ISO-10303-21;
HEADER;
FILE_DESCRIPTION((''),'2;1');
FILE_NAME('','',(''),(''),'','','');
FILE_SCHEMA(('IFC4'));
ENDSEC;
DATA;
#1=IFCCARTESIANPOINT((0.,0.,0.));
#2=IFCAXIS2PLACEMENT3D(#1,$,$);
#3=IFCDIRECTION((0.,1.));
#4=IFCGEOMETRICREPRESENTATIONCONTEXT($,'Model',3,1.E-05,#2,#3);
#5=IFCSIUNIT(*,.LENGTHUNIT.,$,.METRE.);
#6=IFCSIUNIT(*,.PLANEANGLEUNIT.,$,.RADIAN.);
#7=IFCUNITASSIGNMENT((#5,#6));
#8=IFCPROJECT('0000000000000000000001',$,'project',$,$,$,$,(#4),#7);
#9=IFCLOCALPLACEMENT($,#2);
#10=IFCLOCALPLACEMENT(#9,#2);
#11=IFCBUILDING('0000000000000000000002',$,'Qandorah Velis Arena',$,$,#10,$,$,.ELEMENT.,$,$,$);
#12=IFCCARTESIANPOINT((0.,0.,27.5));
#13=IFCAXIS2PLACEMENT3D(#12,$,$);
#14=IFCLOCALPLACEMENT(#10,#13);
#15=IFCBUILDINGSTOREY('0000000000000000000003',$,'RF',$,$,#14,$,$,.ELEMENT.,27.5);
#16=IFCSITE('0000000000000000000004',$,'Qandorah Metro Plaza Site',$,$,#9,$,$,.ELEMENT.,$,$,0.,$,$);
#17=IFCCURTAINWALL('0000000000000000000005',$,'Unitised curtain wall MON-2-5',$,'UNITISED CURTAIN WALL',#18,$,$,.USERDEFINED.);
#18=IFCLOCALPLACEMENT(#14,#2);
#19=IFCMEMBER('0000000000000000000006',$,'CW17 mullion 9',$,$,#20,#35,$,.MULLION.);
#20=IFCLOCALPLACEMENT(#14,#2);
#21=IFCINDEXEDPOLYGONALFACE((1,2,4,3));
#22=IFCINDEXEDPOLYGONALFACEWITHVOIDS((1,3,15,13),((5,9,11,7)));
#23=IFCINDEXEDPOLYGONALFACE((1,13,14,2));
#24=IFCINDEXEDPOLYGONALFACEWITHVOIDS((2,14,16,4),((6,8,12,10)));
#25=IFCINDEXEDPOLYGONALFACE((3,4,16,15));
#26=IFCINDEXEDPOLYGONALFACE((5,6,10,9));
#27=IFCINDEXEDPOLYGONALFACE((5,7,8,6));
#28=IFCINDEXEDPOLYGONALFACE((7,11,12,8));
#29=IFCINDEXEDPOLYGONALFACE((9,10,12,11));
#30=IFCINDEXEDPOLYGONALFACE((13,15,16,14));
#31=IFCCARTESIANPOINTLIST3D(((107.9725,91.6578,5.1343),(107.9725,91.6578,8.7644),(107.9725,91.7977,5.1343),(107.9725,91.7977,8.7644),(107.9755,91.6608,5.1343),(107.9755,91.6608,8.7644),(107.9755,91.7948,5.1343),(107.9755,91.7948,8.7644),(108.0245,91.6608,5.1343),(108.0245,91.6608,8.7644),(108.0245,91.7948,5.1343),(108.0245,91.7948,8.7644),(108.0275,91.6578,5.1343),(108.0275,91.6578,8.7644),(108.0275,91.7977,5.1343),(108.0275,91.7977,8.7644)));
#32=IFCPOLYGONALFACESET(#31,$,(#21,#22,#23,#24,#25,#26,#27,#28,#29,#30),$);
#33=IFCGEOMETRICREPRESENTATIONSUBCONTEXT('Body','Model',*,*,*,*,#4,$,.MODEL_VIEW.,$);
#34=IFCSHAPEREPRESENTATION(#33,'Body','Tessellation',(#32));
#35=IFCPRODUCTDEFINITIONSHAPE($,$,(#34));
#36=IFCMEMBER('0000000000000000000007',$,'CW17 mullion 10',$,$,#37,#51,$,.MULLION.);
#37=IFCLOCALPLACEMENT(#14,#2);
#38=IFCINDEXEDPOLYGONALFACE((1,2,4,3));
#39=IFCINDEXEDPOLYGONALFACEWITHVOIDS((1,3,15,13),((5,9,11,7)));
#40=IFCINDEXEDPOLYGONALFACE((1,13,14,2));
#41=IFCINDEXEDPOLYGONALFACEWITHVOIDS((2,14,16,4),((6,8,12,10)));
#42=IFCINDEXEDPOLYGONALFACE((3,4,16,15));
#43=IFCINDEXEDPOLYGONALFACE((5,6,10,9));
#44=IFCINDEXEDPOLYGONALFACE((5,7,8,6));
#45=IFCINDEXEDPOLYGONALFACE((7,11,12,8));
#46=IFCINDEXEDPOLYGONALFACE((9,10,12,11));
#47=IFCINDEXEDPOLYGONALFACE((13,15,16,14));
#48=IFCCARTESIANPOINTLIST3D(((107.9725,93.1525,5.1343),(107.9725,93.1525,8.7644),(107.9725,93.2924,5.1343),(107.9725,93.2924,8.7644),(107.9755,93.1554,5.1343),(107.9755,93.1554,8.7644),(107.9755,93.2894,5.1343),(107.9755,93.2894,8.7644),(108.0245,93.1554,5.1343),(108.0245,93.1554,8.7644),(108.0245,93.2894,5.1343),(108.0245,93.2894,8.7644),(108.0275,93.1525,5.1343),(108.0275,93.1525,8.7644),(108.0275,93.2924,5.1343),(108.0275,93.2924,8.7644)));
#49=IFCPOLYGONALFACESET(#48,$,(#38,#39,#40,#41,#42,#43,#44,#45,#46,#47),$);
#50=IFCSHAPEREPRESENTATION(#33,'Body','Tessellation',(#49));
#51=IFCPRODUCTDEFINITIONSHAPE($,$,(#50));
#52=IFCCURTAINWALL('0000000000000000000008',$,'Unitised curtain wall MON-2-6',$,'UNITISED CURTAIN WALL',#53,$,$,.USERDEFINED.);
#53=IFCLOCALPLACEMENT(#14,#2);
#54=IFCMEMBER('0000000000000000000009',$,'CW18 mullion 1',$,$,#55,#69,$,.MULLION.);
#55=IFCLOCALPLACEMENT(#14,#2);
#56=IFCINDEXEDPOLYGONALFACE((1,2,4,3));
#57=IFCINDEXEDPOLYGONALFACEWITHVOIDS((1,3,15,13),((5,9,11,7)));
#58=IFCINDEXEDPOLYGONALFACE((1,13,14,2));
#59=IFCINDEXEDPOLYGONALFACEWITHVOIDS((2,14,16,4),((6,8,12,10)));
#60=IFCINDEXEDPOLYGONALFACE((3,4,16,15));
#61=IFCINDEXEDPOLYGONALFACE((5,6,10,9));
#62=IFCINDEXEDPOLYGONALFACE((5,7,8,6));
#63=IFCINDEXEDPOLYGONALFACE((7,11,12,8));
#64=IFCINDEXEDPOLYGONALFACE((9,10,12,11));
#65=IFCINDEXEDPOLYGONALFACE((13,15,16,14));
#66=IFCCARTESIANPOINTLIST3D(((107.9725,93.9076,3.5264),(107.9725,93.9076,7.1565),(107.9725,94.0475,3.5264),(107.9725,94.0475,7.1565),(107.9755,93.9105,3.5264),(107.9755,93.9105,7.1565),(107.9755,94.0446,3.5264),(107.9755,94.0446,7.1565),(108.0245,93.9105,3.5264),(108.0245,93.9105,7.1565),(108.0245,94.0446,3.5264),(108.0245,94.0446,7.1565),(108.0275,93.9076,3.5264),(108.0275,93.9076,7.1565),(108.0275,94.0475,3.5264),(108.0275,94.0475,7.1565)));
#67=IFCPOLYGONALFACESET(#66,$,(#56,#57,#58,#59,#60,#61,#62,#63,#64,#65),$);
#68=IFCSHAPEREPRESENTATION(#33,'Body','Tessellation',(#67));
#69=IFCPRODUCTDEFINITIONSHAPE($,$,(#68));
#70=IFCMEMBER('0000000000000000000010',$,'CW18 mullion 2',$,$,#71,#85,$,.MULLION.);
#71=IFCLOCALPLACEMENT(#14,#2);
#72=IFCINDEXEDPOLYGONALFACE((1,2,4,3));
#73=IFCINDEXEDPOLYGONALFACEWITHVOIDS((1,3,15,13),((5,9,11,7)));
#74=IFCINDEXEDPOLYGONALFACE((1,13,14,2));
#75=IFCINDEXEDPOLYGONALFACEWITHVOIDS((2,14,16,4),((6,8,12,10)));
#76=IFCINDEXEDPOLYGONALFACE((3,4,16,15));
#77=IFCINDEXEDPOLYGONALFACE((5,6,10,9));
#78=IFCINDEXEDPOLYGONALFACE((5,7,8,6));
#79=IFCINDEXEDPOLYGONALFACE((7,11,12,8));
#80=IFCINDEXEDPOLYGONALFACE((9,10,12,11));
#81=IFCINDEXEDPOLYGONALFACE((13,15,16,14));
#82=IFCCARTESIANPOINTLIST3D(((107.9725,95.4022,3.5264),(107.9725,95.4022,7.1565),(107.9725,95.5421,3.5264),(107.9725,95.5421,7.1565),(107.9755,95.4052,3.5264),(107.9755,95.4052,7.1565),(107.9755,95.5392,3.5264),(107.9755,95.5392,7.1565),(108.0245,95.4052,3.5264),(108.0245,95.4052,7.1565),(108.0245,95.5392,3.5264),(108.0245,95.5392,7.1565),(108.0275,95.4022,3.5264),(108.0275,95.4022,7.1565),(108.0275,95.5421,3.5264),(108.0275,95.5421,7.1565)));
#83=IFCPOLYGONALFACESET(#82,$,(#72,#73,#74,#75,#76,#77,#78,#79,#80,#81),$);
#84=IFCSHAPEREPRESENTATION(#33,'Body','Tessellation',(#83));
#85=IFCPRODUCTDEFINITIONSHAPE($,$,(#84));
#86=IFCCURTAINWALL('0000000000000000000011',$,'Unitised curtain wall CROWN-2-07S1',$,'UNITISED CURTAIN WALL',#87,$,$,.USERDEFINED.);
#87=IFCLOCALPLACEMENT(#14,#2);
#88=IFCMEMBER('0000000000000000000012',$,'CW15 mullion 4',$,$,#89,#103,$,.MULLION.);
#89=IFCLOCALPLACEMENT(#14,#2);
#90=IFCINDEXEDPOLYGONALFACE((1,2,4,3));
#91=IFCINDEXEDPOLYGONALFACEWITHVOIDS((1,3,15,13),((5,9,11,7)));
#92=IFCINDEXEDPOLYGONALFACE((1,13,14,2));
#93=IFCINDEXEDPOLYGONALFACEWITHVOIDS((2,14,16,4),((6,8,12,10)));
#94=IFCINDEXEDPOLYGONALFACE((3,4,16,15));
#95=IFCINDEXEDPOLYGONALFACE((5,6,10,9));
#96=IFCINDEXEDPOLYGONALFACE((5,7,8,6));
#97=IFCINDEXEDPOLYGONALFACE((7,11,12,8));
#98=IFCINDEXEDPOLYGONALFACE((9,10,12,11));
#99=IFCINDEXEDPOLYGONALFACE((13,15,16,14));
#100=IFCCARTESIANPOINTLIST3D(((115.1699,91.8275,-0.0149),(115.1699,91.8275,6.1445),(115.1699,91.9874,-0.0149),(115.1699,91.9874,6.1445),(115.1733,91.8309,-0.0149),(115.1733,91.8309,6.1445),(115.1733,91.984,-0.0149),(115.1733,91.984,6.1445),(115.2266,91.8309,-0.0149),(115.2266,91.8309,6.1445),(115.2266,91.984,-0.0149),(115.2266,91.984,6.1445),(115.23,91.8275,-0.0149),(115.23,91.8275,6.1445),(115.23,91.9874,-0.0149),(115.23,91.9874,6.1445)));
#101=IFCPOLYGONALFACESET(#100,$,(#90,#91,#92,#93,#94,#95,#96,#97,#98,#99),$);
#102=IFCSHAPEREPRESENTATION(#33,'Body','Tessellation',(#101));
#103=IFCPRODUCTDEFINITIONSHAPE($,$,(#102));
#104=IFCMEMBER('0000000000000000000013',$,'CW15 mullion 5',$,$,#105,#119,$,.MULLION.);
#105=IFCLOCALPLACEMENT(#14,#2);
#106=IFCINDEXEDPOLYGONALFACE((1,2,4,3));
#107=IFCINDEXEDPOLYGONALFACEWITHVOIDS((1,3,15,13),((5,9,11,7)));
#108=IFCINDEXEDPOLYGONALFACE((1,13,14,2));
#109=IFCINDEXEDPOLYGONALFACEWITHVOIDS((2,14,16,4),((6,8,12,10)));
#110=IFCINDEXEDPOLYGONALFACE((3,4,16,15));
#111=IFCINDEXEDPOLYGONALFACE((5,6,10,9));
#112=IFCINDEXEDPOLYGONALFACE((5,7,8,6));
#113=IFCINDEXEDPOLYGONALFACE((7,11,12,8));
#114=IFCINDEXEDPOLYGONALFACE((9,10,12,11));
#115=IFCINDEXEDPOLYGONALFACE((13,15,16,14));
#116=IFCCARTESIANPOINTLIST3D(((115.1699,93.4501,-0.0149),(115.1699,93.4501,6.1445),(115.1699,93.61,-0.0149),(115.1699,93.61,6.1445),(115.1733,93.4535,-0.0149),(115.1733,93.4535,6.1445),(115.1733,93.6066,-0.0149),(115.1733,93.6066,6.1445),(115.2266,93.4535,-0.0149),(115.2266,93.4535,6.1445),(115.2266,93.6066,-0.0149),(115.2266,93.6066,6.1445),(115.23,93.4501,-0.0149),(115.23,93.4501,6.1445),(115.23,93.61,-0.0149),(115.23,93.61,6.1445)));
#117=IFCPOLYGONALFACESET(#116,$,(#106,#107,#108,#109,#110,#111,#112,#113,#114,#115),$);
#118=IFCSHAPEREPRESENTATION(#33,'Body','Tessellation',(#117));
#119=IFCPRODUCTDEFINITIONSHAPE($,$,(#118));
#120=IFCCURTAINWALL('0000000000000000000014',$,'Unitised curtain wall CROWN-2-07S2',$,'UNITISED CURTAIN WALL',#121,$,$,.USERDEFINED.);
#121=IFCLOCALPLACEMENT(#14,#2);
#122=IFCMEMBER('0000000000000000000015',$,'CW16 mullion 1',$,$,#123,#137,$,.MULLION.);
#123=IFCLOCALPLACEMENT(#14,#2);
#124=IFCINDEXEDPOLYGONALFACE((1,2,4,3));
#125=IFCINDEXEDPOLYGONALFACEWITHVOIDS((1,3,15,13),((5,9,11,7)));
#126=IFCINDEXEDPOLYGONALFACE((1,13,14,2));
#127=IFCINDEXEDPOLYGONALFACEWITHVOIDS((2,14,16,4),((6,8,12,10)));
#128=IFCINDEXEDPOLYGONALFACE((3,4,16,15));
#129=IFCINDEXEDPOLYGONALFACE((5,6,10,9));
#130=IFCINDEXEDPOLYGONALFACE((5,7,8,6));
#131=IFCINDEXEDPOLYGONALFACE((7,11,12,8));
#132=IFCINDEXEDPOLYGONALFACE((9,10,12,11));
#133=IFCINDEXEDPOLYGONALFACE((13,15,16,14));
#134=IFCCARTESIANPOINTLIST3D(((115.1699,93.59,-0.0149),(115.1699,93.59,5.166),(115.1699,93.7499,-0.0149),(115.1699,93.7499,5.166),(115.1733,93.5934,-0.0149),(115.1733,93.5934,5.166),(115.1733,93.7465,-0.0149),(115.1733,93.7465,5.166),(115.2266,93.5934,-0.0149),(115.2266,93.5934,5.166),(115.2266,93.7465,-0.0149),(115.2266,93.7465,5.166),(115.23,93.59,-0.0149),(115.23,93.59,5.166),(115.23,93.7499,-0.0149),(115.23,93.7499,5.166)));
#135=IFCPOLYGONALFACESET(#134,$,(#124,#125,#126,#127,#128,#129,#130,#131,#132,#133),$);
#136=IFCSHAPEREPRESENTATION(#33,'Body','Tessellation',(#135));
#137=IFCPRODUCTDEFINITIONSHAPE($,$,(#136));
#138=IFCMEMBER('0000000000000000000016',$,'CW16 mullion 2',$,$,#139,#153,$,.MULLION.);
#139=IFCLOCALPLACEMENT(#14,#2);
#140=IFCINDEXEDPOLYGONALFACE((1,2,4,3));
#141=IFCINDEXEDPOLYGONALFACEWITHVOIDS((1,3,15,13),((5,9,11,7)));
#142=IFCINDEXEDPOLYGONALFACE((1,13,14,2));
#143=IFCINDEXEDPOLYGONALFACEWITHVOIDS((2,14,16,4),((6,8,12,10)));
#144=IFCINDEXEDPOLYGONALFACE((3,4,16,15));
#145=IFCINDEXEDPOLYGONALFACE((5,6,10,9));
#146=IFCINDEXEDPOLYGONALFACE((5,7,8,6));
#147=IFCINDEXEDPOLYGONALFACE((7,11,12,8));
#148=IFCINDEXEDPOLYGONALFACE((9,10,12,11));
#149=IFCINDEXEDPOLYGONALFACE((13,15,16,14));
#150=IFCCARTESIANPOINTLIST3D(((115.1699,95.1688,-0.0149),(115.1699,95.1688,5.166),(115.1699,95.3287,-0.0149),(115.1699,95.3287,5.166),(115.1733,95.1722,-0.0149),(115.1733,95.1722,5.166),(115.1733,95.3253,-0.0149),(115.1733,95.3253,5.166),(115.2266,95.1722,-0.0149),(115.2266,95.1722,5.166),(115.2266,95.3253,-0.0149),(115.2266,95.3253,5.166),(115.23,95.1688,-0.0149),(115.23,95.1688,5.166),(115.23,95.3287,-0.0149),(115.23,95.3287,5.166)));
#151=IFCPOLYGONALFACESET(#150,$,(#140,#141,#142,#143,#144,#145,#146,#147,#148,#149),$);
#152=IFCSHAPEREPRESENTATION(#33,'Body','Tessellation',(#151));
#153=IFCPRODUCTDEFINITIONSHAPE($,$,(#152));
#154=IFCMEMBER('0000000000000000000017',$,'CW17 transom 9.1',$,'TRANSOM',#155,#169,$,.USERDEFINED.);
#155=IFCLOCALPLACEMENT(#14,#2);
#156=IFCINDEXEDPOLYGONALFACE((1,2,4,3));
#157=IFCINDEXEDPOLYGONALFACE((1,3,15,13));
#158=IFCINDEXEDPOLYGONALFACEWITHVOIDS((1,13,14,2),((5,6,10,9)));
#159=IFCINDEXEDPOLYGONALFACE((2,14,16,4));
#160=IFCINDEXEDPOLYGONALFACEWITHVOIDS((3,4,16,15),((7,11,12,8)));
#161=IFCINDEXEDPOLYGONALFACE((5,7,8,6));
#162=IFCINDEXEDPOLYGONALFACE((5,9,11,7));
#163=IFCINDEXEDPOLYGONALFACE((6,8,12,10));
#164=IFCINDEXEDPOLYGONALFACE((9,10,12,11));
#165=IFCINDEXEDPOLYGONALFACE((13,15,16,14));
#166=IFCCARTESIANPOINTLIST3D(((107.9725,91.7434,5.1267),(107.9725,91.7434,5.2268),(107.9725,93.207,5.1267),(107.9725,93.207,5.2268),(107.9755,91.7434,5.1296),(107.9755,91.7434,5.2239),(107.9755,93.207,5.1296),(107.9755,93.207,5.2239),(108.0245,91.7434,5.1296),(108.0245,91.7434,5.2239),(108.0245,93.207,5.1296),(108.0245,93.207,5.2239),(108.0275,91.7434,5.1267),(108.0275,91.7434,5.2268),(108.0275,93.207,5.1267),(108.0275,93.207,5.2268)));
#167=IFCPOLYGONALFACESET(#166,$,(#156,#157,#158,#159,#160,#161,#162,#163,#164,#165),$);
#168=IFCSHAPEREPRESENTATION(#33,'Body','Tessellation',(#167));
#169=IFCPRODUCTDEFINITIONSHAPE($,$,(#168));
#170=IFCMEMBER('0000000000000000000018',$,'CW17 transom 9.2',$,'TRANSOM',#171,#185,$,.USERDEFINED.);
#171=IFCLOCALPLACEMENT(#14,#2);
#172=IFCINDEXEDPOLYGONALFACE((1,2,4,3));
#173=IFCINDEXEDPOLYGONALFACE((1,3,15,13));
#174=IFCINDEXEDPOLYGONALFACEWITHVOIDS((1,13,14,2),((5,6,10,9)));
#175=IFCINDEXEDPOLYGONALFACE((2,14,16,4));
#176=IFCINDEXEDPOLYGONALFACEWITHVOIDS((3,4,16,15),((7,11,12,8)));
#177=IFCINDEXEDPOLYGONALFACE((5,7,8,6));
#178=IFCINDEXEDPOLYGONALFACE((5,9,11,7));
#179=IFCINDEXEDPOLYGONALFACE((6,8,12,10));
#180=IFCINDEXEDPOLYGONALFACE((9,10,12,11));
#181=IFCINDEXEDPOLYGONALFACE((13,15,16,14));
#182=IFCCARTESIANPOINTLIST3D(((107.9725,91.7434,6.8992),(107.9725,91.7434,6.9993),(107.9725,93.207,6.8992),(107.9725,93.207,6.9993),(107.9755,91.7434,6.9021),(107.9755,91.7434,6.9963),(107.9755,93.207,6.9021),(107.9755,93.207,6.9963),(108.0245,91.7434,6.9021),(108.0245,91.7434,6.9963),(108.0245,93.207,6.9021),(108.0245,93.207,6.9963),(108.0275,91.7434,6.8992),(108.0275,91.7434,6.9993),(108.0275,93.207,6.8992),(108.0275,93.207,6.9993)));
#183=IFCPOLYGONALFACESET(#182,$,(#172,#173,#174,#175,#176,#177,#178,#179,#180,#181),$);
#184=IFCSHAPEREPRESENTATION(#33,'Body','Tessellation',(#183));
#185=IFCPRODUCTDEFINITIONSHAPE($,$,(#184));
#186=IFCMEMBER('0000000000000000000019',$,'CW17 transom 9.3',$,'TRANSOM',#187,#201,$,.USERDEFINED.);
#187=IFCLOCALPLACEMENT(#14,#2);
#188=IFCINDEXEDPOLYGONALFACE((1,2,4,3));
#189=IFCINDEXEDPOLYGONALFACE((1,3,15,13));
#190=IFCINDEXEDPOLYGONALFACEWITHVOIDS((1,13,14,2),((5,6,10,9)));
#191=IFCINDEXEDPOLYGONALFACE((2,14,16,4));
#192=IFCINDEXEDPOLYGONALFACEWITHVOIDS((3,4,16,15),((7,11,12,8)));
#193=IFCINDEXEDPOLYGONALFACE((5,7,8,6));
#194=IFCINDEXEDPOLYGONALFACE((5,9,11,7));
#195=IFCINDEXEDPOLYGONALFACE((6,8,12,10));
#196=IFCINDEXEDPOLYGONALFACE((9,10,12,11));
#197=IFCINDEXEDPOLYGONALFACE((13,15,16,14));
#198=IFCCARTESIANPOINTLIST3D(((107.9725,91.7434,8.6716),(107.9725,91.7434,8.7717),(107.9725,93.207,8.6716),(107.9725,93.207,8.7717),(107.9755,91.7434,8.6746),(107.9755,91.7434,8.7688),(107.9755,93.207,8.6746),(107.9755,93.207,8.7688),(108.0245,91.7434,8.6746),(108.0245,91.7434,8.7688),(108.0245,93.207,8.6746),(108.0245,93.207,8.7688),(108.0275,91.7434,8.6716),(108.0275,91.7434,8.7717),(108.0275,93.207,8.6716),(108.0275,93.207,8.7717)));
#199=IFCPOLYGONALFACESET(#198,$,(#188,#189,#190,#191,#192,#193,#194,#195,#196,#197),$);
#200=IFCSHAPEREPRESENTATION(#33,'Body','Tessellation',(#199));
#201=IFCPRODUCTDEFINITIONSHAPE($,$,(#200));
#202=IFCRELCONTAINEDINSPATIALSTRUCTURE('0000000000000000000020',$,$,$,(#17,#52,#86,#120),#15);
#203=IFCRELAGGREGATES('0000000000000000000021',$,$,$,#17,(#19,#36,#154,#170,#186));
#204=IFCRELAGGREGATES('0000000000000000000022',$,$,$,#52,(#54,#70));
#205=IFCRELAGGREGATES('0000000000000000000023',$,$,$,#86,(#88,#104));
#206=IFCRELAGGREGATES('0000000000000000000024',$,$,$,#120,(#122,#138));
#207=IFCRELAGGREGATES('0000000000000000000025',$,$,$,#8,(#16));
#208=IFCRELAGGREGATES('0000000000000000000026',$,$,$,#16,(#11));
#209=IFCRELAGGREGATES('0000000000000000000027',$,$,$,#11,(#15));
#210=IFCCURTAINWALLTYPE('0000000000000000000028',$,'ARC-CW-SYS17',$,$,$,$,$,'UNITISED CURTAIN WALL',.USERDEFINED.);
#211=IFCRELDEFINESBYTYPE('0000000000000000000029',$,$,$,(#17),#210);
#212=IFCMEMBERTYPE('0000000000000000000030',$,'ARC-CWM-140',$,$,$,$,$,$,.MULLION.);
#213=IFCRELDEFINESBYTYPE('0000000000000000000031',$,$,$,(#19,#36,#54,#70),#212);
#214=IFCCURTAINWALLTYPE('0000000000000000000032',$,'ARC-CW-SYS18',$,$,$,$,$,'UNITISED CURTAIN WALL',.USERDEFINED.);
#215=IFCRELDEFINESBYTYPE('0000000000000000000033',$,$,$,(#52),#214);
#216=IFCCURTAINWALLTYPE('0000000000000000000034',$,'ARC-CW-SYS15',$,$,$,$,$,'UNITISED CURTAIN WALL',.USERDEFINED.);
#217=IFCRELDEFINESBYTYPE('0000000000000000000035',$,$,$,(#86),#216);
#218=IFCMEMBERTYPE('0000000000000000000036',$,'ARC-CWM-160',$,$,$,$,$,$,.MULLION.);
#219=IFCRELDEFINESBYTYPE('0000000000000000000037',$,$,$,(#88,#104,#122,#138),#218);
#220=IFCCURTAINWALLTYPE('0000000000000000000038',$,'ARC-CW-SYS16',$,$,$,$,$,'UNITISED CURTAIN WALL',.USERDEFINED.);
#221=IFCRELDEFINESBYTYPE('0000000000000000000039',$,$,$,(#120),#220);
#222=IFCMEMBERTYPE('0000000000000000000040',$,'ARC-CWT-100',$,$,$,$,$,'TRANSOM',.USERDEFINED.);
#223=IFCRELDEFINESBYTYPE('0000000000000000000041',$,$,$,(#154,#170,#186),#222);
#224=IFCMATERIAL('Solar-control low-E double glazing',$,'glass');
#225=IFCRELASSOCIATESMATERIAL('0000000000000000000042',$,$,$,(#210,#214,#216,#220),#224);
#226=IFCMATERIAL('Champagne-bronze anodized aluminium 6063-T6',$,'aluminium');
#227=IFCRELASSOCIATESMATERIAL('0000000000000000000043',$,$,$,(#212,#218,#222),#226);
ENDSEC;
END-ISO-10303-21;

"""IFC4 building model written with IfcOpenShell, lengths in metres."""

from ifc_helpers import new_model, si_unit, direction, frame, origin, origin_2d, place, context, subcontext, project, spatial, hollow_rectangle, extrude, material, material_profile, profile_set, type_object, element, aggregate, save


model = new_model("IFC4")

# Units and contexts
model_context = context("Model", 3, precision=1e-05, world=origin(), true_north=direction((0.0, 1.0)))
body_context = subcontext(model_context, "Body", "Model", "MODEL_VIEW")
ifc_project = project(units=[si_unit("LENGTHUNIT", "METRE"), si_unit("PLANEANGLEUNIT", "RADIAN")], contexts=[model_context])

# Site, building, storey
site_placement = place(None, origin())
site = spatial("IfcSite", under=ifc_project, at=site_placement, Name="Qandorah Metro Plaza Site", CompositionType="ELEMENT", RefElevation=0.0)
building_placement = place(site_placement, origin())
building = spatial("IfcBuilding", under=site, at=building_placement, Name="Qandorah Velis Arena", CompositionType="ELEMENT")
storey_placement = place(building_placement, frame((0.0, 0.0, 27.5)))
storey = spatial("IfcBuildingStorey", under=building, at=storey_placement, Name="RF", CompositionType="ELEMENT", Elevation=27.5)

# Curtain walls, members
ifc_material_1 = material(Name="Solar-control low-E double glazing", Category="glass")
curtain_wall_type_1 = type_object("IfcCurtainWallType", Name="ARC-CW-SYS17", ElementType="UNITISED CURTAIN WALL", PredefinedType="USERDEFINED", material=ifc_material_1)
curtain_wall_1_placement = place(storey_placement, origin())
curtain_wall_1 = element("IfcCurtainWall", 1, at=curtain_wall_1_placement, inside=storey, type_object=curtain_wall_type_1, Name="Unitised curtain wall MON-2-5", ObjectType="UNITISED CURTAIN WALL", PredefinedType="USERDEFINED")
ifc_material_2 = material(Name="Champagne-bronze anodized aluminium 6063-T6", Category="aluminium")
ifc_material_profile_1 = material_profile(ifc_material_2, hollow_rectangle(XDim=0.0549, YDim=0.1399, WallThickness=0.0029, at=origin_2d()), Name="ALU MULLION 55x140")
ifc_profile_set_1 = profile_set([ifc_material_profile_1], Name="Champagne-bronze anodized aluminium 6063-T6")
member_type_1 = type_object("IfcMemberType", Name="ARC-CWM-140", PredefinedType="MULLION", material=ifc_profile_set_1)
member_1_placement = place(storey_placement, frame((108.0, 91.7278, 5.1343), z_axis=(0.0, 0.0, 1.0), x_axis=(-1.0, 0.0, 0.0)))
member_1 = element("IfcMember", 2, at=member_1_placement, type_object=member_type_1, Name="CW17 mullion 9", PredefinedType="MULLION", context=body_context, shape_type="SweptSolid", body=[
    extrude(hollow_rectangle(XDim=0.0549, YDim=0.1399, WallThickness=0.0029, at=origin_2d()), origin(), (0.0, 0.0, 1.0), 3.6301),
])
member_2_placement = place(storey_placement, frame((108.0, 93.2224, 5.1343), z_axis=(0.0, 0.0, 1.0), x_axis=(-1.0, 0.0, 0.0)))
member_2 = element("IfcMember", 3, at=member_2_placement, type_object=member_type_1, Name="CW17 mullion 10", PredefinedType="MULLION", context=body_context, shape_type="SweptSolid", body=[
    extrude(hollow_rectangle(XDim=0.0549, YDim=0.1399, WallThickness=0.0029, at=origin_2d()), origin(), (0.0, 0.0, 1.0), 3.6301),
])
curtain_wall_type_2 = type_object("IfcCurtainWallType", Name="ARC-CW-SYS18", ElementType="UNITISED CURTAIN WALL", PredefinedType="USERDEFINED", material=ifc_material_1)
curtain_wall_2_placement = place(storey_placement, origin())
curtain_wall_2 = element("IfcCurtainWall", 4, at=curtain_wall_2_placement, inside=storey, type_object=curtain_wall_type_2, Name="Unitised curtain wall MON-2-6", ObjectType="UNITISED CURTAIN WALL", PredefinedType="USERDEFINED")
member_3_placement = place(storey_placement, frame((108.0, 93.9775, 3.5264), z_axis=(0.0, 0.0, 1.0), x_axis=(-1.0, 0.0, 0.0)))
member_3 = element("IfcMember", 5, at=member_3_placement, type_object=member_type_1, Name="CW18 mullion 1", PredefinedType="MULLION", context=body_context, shape_type="SweptSolid", body=[
    extrude(hollow_rectangle(XDim=0.0549, YDim=0.1399, WallThickness=0.0029, at=origin_2d()), origin(), (0.0, 0.0, 1.0), 3.6301),
])
member_4_placement = place(storey_placement, frame((108.0, 95.4722, 3.5264), z_axis=(0.0, 0.0, 1.0), x_axis=(-1.0, 0.0, 0.0)))
member_4 = element("IfcMember", 6, at=member_4_placement, type_object=member_type_1, Name="CW18 mullion 2", PredefinedType="MULLION", context=body_context, shape_type="SweptSolid", body=[
    extrude(hollow_rectangle(XDim=0.0549, YDim=0.1399, WallThickness=0.0029, at=origin_2d()), origin(), (0.0, 0.0, 1.0), 3.6301),
])
curtain_wall_type_3 = type_object("IfcCurtainWallType", Name="ARC-CW-SYS15", ElementType="UNITISED CURTAIN WALL", PredefinedType="USERDEFINED", material=ifc_material_1)
curtain_wall_3_placement = place(storey_placement, origin())
curtain_wall_3 = element("IfcCurtainWall", 7, at=curtain_wall_3_placement, inside=storey, type_object=curtain_wall_type_3, Name="Unitised curtain wall CROWN-2-07S1", ObjectType="UNITISED CURTAIN WALL", PredefinedType="USERDEFINED")
ifc_material_profile_2 = material_profile(ifc_material_2, hollow_rectangle(XDim=0.0601, YDim=0.1599, WallThickness=0.0034, at=origin_2d()), Name="ALU MULLION 60x160")
ifc_profile_set_2 = profile_set([ifc_material_profile_2], Name="Champagne-bronze anodized aluminium 6063-T6")
member_type_2 = type_object("IfcMemberType", Name="ARC-CWM-160", PredefinedType="MULLION", material=ifc_profile_set_2)
member_5_placement = place(storey_placement, frame((115.2, 91.9075, -0.0149), z_axis=(0.0, 0.0, 1.0), x_axis=(-1.0, 0.0, 0.0)))
member_5 = element("IfcMember", 8, at=member_5_placement, type_object=member_type_2, Name="CW15 mullion 4", PredefinedType="MULLION", context=body_context, shape_type="SweptSolid", body=[
    extrude(hollow_rectangle(XDim=0.0601, YDim=0.1599, WallThickness=0.0034, at=origin_2d()), origin(), (0.0, 0.0, 1.0), 6.1594),
])
member_6_placement = place(storey_placement, frame((115.2, 93.53, -0.0149), z_axis=(0.0, 0.0, 1.0), x_axis=(-1.0, 0.0, 0.0)))
member_6 = element("IfcMember", 9, at=member_6_placement, type_object=member_type_2, Name="CW15 mullion 5", PredefinedType="MULLION", context=body_context, shape_type="SweptSolid", body=[
    extrude(hollow_rectangle(XDim=0.0601, YDim=0.1599, WallThickness=0.0034, at=origin_2d()), origin(), (0.0, 0.0, 1.0), 6.1594),
])
curtain_wall_type_4 = type_object("IfcCurtainWallType", Name="ARC-CW-SYS16", ElementType="UNITISED CURTAIN WALL", PredefinedType="USERDEFINED", material=ifc_material_1)
curtain_wall_4_placement = place(storey_placement, origin())
curtain_wall_4 = element("IfcCurtainWall", 10, at=curtain_wall_4_placement, inside=storey, type_object=curtain_wall_type_4, Name="Unitised curtain wall CROWN-2-07S2", ObjectType="UNITISED CURTAIN WALL", PredefinedType="USERDEFINED")
member_7_placement = place(storey_placement, frame((115.2, 93.6699, -0.0149), z_axis=(0.0, 0.0, 1.0), x_axis=(-1.0, 0.0, 0.0)))
member_7 = element("IfcMember", 11, at=member_7_placement, type_object=member_type_2, Name="CW16 mullion 1", PredefinedType="MULLION", context=body_context, shape_type="SweptSolid", body=[
    extrude(hollow_rectangle(XDim=0.0601, YDim=0.1599, WallThickness=0.0034, at=origin_2d()), origin(), (0.0, 0.0, 1.0), 5.1809),
])
member_8_placement = place(storey_placement, frame((115.2, 95.2488, -0.0149), z_axis=(0.0, 0.0, 1.0), x_axis=(-1.0, 0.0, 0.0)))
member_8 = element("IfcMember", 12, at=member_8_placement, type_object=member_type_2, Name="CW16 mullion 2", PredefinedType="MULLION", context=body_context, shape_type="SweptSolid", body=[
    extrude(hollow_rectangle(XDim=0.0601, YDim=0.1599, WallThickness=0.0034, at=origin_2d()), origin(), (0.0, 0.0, 1.0), 5.1809),
])

# Members
ifc_material_profile_3 = material_profile(ifc_material_2, hollow_rectangle(XDim=0.0549, YDim=0.1001, WallThickness=0.0029, at=origin_2d()), Name="ALU TRANSOM 55x100")
ifc_profile_set_3 = profile_set([ifc_material_profile_3], Name="Champagne-bronze anodized aluminium 6063-T6")
member_type_3 = type_object("IfcMemberType", Name="ARC-CWT-100", ElementType="TRANSOM", PredefinedType="USERDEFINED", material=ifc_profile_set_3)
member_9_placement = place(storey_placement, frame((108.0, 91.7434, 5.1768), z_axis=(0.0, 1.0, 0.0), x_axis=(-1.0, 0.0, 0.0)))
member_9 = element("IfcMember", 13, at=member_9_placement, type_object=member_type_3, Name="CW17 transom 9.1", ObjectType="TRANSOM", PredefinedType="USERDEFINED", context=body_context, shape_type="SweptSolid", body=[
    extrude(hollow_rectangle(XDim=0.0549, YDim=0.1001, WallThickness=0.0029, at=origin_2d()), origin(), (0.0, 0.0, 1.0), 1.4636),
])
member_10_placement = place(storey_placement, frame((108.0, 91.7434, 6.9492), z_axis=(0.0, 1.0, 0.0), x_axis=(-1.0, 0.0, 0.0)))
member_10 = element("IfcMember", 14, at=member_10_placement, type_object=member_type_3, Name="CW17 transom 9.2", ObjectType="TRANSOM", PredefinedType="USERDEFINED", context=body_context, shape_type="SweptSolid", body=[
    extrude(hollow_rectangle(XDim=0.0549, YDim=0.1001, WallThickness=0.0029, at=origin_2d()), origin(), (0.0, 0.0, 1.0), 1.4636),
])
member_11_placement = place(storey_placement, frame((108.0, 91.7434, 8.7217), z_axis=(0.0, 1.0, 0.0), x_axis=(-1.0, 0.0, 0.0)))
member_11 = element("IfcMember", 15, at=member_11_placement, type_object=member_type_3, Name="CW17 transom 9.3", ObjectType="TRANSOM", PredefinedType="USERDEFINED", context=body_context, shape_type="SweptSolid", body=[
    extrude(hollow_rectangle(XDim=0.0549, YDim=0.1001, WallThickness=0.0029, at=origin_2d()), origin(), (0.0, 0.0, 1.0), 1.4636),
])

aggregate(curtain_wall_1, [member_1, member_2, member_9, member_10, member_11])
aggregate(curtain_wall_2, [member_3, member_4])
aggregate(curtain_wall_3, [member_5, member_6])
aggregate(curtain_wall_4, [member_7, member_8])

save(model, "model.ifc")
